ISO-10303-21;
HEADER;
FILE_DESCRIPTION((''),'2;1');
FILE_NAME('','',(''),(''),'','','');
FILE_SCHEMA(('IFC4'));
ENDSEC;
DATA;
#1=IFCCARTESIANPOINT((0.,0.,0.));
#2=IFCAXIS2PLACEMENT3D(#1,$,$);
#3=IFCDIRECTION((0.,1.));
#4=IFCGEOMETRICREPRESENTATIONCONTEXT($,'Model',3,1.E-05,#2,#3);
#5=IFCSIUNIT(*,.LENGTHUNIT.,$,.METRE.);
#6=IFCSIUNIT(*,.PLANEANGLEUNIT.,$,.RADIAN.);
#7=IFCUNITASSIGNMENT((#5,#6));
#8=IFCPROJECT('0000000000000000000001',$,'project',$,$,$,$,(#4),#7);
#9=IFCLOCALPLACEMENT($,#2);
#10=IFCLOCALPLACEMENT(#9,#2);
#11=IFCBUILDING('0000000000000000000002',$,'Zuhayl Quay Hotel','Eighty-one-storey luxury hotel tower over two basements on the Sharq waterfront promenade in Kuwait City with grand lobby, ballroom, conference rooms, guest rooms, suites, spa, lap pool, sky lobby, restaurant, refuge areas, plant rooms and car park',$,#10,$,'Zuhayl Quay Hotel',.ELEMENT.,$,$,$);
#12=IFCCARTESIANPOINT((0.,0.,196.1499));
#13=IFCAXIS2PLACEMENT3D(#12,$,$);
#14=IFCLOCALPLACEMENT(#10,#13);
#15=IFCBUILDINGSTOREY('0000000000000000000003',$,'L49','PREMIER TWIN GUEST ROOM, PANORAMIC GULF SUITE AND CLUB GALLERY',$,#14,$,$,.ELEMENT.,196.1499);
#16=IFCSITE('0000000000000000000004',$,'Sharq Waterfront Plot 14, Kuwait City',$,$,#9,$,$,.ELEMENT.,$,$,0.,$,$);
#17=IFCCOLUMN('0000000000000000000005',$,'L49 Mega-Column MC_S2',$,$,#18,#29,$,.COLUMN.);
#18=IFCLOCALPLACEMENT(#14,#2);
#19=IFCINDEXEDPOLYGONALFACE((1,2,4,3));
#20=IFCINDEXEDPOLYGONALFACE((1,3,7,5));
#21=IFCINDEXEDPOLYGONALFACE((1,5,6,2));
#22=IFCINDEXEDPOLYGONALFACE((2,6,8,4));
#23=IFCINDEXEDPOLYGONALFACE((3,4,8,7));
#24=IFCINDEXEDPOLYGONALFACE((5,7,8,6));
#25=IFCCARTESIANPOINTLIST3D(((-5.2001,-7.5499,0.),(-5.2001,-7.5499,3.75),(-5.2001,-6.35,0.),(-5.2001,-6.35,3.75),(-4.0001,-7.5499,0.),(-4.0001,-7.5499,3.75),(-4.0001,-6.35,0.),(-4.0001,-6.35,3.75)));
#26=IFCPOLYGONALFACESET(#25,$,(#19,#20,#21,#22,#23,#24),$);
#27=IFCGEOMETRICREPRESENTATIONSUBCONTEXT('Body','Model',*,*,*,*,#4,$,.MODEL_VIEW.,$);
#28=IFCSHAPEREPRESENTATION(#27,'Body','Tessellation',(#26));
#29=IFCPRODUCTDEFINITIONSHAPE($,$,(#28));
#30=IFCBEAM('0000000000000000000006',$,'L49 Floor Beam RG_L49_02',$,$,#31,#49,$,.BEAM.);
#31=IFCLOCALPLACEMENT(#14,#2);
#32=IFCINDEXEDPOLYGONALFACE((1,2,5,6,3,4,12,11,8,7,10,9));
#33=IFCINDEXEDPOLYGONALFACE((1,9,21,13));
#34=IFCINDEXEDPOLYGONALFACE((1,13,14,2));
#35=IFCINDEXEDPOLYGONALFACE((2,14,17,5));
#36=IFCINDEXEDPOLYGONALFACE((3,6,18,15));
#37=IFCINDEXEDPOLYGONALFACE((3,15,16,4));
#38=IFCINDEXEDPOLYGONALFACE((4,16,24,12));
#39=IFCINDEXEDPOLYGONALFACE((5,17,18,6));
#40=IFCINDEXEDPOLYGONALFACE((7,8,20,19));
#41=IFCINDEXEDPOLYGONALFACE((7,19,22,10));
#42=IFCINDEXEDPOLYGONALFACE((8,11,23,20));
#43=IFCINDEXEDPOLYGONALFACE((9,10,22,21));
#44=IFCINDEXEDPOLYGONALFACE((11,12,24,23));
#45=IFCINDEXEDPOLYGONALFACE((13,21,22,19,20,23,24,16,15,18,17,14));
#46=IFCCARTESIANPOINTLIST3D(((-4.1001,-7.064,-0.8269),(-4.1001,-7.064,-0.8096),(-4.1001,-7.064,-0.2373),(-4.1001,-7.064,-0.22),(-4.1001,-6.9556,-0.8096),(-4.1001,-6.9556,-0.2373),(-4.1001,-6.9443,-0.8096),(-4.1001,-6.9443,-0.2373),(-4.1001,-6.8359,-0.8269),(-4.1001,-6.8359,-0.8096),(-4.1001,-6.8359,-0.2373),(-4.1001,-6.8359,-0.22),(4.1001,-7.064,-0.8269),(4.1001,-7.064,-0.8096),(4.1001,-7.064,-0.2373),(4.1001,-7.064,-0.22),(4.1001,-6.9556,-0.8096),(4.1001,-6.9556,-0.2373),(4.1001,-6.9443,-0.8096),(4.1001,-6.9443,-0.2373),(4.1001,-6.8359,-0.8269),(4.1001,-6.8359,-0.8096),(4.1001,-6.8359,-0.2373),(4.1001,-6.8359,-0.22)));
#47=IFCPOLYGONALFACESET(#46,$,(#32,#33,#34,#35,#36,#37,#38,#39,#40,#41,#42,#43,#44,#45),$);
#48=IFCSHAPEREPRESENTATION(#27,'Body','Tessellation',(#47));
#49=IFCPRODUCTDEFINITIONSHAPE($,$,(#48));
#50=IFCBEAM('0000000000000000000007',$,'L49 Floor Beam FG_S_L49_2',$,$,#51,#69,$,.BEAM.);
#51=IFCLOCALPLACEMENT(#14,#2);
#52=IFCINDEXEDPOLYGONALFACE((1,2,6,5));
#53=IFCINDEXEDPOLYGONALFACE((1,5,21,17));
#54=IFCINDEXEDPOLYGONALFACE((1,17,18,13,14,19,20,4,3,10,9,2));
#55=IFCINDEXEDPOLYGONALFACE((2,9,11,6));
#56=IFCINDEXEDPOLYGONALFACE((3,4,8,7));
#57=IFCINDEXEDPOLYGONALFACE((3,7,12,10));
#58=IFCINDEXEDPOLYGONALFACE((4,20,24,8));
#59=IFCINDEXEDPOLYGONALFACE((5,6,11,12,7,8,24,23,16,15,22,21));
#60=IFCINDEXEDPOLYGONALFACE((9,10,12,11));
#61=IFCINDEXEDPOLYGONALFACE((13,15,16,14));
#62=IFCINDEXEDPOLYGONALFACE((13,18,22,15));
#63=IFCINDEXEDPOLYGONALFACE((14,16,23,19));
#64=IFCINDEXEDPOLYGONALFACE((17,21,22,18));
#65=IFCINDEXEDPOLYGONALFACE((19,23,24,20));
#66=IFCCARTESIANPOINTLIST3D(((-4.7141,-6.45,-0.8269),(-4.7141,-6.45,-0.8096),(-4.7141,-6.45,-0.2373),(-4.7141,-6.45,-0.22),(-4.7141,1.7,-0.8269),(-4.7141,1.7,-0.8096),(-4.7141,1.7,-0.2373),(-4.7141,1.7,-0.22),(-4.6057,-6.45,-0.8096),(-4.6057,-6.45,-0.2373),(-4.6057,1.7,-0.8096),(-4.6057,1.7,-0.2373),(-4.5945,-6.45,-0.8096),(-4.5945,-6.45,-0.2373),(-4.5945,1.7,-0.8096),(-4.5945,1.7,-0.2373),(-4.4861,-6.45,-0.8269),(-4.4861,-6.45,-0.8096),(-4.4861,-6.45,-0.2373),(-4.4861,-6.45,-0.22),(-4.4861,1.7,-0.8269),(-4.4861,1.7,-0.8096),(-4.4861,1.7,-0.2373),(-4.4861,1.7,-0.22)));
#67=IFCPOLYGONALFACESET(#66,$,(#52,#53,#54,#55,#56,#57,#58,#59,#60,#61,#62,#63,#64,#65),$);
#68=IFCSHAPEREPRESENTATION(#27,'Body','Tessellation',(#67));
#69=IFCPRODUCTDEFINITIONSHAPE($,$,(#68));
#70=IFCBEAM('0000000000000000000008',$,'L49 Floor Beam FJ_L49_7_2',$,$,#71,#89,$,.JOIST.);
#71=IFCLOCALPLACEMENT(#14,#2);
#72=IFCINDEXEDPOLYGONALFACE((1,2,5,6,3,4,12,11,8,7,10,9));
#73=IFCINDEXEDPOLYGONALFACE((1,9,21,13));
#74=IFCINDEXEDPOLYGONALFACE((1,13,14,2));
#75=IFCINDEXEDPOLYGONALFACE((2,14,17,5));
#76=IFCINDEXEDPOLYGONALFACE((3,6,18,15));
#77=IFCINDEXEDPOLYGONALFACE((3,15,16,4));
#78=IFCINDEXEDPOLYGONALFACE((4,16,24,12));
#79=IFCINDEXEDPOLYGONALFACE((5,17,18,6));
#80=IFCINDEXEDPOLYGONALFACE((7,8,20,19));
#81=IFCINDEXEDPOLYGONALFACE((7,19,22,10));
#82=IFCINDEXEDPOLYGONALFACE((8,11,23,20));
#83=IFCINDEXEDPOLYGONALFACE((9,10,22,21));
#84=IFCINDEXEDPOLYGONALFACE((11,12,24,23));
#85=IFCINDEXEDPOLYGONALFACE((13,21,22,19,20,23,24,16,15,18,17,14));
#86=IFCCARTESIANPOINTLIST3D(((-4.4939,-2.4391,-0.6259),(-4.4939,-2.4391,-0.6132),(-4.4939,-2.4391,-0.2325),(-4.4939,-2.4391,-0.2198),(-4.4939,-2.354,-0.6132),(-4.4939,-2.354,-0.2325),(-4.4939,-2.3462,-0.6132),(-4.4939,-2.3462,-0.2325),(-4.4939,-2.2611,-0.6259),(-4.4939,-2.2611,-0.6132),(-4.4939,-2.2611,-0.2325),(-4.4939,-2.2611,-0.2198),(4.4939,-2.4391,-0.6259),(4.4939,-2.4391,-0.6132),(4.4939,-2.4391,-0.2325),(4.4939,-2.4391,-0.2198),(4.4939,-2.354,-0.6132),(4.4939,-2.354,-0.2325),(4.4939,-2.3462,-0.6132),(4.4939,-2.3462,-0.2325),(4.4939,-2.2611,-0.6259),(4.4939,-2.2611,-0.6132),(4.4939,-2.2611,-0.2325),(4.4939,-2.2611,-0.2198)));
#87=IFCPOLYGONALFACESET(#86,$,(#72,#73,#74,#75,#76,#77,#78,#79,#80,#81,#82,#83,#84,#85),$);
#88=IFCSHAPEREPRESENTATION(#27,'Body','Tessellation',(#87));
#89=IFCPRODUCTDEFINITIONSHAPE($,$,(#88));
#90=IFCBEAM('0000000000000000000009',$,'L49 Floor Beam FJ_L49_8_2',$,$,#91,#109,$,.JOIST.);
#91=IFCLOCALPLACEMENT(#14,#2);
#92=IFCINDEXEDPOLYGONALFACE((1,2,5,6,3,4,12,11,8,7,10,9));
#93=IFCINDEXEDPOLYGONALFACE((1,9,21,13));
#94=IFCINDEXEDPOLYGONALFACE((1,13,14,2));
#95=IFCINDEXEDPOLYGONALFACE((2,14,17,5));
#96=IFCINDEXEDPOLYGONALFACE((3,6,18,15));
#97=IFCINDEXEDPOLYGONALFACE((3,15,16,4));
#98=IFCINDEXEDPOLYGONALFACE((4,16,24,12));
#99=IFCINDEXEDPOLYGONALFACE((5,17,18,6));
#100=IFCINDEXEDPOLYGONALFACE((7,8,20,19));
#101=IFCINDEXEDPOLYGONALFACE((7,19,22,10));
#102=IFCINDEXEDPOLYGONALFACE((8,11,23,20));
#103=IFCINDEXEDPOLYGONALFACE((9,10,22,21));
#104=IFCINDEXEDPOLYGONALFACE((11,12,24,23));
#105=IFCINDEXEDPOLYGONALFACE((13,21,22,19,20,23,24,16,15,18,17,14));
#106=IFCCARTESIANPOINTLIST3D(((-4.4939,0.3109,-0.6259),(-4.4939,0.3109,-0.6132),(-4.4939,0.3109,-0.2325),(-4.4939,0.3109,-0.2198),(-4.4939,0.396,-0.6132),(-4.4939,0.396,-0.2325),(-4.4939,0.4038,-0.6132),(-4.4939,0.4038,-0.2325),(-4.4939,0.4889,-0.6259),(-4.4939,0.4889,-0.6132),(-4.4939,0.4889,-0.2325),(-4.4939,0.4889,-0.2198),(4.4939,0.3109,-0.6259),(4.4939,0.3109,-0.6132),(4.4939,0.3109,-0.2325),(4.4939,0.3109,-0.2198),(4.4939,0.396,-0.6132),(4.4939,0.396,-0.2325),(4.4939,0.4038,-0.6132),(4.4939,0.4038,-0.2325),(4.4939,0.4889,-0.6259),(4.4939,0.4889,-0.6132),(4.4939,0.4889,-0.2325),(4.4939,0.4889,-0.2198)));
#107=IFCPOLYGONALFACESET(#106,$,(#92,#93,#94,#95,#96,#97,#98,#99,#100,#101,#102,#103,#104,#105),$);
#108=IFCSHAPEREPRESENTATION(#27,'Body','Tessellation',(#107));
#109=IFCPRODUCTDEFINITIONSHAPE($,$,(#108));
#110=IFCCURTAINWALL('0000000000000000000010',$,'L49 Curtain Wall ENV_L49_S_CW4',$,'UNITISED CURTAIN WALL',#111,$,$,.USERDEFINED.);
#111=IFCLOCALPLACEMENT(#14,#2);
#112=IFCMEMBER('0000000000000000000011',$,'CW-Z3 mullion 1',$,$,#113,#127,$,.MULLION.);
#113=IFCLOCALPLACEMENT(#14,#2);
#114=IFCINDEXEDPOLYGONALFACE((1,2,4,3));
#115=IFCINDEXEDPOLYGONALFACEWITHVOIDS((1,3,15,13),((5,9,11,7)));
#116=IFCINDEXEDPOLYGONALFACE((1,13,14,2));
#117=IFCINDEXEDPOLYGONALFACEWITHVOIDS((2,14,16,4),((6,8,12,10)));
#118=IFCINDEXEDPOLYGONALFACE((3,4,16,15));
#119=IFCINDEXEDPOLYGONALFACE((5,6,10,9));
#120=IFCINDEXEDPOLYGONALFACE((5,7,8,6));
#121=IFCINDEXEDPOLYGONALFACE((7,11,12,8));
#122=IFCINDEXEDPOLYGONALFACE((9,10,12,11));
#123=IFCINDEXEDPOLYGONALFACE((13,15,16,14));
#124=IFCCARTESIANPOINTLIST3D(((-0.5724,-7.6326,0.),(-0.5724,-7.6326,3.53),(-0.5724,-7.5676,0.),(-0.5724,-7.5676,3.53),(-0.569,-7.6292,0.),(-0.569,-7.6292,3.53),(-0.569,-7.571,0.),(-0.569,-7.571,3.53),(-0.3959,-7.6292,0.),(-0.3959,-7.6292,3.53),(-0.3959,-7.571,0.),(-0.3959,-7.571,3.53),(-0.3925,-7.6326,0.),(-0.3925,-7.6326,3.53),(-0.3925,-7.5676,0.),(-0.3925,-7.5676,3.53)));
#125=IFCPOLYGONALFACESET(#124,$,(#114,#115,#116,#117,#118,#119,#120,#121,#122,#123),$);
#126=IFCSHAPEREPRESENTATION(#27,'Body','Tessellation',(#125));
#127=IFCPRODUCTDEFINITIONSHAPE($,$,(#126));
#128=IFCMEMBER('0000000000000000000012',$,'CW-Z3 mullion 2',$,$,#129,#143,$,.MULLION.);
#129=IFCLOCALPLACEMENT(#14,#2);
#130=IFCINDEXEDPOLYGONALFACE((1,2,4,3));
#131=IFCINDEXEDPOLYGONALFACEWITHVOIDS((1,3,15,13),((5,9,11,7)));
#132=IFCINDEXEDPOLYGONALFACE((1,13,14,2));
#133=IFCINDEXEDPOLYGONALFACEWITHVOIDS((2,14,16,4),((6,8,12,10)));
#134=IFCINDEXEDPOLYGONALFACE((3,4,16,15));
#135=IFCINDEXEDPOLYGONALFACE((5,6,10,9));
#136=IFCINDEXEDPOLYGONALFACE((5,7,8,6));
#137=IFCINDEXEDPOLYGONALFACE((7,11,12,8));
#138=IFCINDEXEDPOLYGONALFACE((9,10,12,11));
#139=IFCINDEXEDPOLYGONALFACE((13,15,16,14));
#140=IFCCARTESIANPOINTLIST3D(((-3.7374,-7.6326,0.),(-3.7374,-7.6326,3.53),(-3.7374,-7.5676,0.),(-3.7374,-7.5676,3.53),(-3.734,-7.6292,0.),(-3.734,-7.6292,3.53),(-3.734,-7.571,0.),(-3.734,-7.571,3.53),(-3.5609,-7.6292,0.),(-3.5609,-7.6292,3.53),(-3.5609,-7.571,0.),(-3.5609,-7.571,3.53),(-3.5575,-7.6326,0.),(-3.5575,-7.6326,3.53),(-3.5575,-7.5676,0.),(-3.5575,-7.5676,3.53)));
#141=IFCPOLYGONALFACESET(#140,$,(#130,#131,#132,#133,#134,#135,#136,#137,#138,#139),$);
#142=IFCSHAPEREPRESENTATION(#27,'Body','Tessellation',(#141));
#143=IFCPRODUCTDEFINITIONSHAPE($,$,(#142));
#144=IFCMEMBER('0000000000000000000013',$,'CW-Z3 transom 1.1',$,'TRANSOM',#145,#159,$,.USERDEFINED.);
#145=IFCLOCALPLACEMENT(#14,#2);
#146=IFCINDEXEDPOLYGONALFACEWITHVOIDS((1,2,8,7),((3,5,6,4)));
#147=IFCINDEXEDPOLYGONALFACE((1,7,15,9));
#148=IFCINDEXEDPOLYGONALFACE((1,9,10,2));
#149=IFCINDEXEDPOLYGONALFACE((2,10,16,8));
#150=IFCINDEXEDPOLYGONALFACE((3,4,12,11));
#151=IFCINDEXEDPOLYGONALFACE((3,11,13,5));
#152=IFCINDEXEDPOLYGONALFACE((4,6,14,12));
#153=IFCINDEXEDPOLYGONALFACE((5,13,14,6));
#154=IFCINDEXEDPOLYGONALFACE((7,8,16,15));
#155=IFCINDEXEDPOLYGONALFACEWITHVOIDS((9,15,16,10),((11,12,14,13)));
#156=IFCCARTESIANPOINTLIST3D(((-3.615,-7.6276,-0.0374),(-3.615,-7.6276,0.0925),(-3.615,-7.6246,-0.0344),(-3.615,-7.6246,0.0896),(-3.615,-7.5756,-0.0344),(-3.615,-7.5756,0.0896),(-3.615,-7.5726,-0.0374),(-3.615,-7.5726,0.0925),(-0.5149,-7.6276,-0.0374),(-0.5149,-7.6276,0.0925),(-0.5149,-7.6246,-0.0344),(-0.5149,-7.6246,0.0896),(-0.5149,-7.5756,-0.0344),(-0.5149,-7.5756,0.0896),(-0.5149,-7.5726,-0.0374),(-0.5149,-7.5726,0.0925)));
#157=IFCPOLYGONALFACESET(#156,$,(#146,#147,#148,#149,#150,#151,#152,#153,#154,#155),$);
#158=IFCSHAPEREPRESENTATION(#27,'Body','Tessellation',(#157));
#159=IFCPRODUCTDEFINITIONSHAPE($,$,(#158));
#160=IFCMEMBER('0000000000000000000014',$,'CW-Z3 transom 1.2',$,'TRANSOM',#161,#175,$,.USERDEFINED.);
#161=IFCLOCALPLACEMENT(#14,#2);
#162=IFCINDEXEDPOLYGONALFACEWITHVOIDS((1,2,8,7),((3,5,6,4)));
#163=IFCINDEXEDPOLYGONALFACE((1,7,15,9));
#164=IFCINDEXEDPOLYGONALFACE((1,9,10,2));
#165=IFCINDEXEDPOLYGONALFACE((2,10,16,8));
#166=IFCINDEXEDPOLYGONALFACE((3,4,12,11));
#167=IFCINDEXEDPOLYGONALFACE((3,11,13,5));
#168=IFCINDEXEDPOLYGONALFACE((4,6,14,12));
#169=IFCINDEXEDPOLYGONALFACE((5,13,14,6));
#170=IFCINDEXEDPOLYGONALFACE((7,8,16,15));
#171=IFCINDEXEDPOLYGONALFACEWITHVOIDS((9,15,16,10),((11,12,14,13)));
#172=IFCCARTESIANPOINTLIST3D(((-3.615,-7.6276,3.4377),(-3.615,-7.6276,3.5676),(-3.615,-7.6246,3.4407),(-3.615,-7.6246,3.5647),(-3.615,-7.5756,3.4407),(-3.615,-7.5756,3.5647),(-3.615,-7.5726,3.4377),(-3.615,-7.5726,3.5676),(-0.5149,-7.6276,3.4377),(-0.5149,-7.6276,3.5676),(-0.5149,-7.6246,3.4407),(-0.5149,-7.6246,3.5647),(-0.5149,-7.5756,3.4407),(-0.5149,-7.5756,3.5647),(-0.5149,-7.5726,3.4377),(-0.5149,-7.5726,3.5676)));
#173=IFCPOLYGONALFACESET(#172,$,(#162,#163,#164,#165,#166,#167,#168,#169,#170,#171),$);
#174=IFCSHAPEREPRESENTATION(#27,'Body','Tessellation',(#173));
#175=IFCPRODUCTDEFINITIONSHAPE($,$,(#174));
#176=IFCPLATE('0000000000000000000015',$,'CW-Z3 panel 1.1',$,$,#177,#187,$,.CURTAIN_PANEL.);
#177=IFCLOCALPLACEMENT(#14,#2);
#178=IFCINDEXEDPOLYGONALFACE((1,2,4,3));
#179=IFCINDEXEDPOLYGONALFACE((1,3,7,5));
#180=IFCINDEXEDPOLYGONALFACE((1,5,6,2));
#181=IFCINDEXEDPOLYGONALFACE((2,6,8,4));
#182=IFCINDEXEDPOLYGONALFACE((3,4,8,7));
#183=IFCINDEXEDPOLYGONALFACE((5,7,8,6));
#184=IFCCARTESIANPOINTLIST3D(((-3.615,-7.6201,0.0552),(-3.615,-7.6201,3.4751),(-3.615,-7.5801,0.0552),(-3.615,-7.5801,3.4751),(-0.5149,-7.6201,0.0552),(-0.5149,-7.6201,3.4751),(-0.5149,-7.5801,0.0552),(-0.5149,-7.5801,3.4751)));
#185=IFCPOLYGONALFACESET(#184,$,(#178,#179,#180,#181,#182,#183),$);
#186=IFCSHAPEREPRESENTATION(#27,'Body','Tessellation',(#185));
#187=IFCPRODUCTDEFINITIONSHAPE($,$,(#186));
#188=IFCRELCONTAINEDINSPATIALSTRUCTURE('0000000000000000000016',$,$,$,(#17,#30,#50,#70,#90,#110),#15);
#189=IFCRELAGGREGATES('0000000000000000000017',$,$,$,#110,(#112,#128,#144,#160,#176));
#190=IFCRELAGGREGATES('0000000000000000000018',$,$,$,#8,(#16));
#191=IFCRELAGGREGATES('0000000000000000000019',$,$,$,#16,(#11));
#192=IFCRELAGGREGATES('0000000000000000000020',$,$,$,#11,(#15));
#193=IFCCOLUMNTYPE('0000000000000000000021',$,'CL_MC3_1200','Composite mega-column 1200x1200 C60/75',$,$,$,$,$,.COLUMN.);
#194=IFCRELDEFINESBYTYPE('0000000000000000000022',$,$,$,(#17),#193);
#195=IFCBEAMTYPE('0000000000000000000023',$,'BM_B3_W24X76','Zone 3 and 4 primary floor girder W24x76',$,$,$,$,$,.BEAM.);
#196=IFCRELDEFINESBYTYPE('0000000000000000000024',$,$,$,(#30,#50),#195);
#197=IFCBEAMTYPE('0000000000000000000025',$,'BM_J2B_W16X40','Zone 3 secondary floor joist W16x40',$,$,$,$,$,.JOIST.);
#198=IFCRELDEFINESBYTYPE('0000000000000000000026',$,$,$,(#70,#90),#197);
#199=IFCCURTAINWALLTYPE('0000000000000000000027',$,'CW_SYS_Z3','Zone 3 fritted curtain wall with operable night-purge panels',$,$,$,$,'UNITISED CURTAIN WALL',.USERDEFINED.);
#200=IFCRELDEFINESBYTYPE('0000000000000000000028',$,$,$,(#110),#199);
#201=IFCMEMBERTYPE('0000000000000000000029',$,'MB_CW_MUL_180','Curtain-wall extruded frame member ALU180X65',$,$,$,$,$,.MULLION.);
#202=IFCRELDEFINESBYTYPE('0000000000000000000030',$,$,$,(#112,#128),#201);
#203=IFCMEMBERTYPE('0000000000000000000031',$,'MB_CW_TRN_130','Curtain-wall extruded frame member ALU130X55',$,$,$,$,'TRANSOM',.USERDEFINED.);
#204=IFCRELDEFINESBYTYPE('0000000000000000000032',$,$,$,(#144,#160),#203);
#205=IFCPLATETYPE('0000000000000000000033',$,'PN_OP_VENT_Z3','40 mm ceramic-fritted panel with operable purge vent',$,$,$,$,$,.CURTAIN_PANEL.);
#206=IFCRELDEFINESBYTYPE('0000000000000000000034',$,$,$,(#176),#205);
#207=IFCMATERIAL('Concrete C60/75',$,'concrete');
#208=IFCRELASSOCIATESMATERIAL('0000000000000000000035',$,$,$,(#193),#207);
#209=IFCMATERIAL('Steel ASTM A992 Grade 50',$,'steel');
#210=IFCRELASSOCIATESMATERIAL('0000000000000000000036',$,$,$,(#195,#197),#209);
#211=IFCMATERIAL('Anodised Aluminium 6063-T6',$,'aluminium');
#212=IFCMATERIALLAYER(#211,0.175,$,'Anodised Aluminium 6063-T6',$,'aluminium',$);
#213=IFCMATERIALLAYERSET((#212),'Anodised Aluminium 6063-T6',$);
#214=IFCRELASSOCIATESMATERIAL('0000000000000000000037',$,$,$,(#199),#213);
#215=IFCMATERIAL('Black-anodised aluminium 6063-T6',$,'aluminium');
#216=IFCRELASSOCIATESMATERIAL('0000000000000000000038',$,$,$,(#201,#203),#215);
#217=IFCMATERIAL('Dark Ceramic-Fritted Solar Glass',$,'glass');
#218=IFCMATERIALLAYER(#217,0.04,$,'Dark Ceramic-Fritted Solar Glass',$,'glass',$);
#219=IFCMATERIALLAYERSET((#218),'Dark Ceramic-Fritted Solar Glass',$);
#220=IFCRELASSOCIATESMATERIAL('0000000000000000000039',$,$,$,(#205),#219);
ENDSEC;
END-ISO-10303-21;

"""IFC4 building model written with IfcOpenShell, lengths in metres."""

from ifc_helpers import new_model, si_unit, direction, frame, origin, origin_2d, place, context, subcontext, project, spatial, rectangle, hollow_rectangle, i_section, extrude, material, layer, layer_set, material_profile, profile_set, type_object, element, aggregate, save


model = new_model("IFC4")

# Units and contexts
model_context = context("Model", 3, precision=1e-05, world=origin(), true_north=direction((0.0, 1.0)))
body_context = subcontext(model_context, "Body", "Model", "MODEL_VIEW")
ifc_project = project(units=[si_unit("LENGTHUNIT", "METRE"), si_unit("PLANEANGLEUNIT", "RADIAN")], contexts=[model_context])

# Site, building, storey
site_placement = place(None, origin())
site = spatial("IfcSite", under=ifc_project, at=site_placement, Name="Sharq Waterfront Plot 14, Kuwait City", CompositionType="ELEMENT", RefElevation=0.0)
building_placement = place(site_placement, origin())
building = spatial("IfcBuilding", under=site, at=building_placement, Name="Zuhayl Quay Hotel", Description="Eighty-one-storey luxury hotel tower over two basements on the Sharq waterfront promenade in Kuwait City with grand lobby, ballroom, conference rooms, guest rooms, suites, spa, lap pool, sky lobby, restaurant, refuge areas, plant rooms and car park", LongName="Zuhayl Quay Hotel", CompositionType="ELEMENT")
storey_placement = place(building_placement, frame((0.0, 0.0, 196.1499)))
storey = spatial("IfcBuildingStorey", under=building, at=storey_placement, Name="L49", Description="PREMIER TWIN GUEST ROOM, PANORAMIC GULF SUITE AND CLUB GALLERY", CompositionType="ELEMENT", Elevation=196.1499)

# Column
ifc_material_1 = material(Name="Concrete C60/75", Category="concrete")
ifc_material_profile_1 = material_profile(ifc_material_1, rectangle(XDim=1.2, YDim=1.2, at=origin_2d()), Name="RC1200X1200")
ifc_profile_set_1 = profile_set([ifc_material_profile_1], Name="Concrete C60/75")
column_type = type_object("IfcColumnType", Name="CL_MC3_1200", Description="Composite mega-column 1200x1200 C60/75", PredefinedType="COLUMN", material=ifc_profile_set_1)
column_placement = place(storey_placement, frame((-4.6001, -6.95, 0.0), z_axis=(0.0, 0.0, 1.0), x_axis=(1.0, 0.0, 0.0)))
element("IfcColumn", 1, at=column_placement, inside=storey, type_object=column_type, Name="L49 Mega-Column MC_S2", PredefinedType="COLUMN", context=body_context, shape_type="SweptSolid", body=[
    extrude(rectangle(XDim=1.2, YDim=1.2, at=origin_2d()), origin(), (0.0, 0.0, 1.0), 3.75),
])

# Beams
ifc_material_2 = material(Name="Steel ASTM A992 Grade 50", Category="steel")
ifc_material_profile_2 = material_profile(ifc_material_2, i_section(OverallWidth=0.228, OverallDepth=0.6069, WebThickness=0.0112, FlangeThickness=0.0173, at=origin_2d()), Name="W24X76")
ifc_profile_set_2 = profile_set([ifc_material_profile_2], Name="Steel ASTM A992 Grade 50")
beam_type_1 = type_object("IfcBeamType", Name="BM_B3_W24X76", Description="Zone 3 and 4 primary floor girder W24x76", PredefinedType="BEAM", material=ifc_profile_set_2)
beam_1_placement = place(storey_placement, frame((-4.1001, -6.95, -0.5234), z_axis=(1.0, 0.0, 0.0), x_axis=(0.0, 1.0, 0.0)))
element("IfcBeam", 2, at=beam_1_placement, inside=storey, type_object=beam_type_1, Name="L49 Floor Beam RG_L49_02", PredefinedType="BEAM", context=body_context, shape_type="SweptSolid", body=[
    extrude(i_section(OverallWidth=0.228, OverallDepth=0.6069, WebThickness=0.0112, FlangeThickness=0.0173, at=origin_2d()), origin(), (0.0, 0.0, 1.0), 8.2002),
])
beam_2_placement = place(storey_placement, frame((-4.6001, -6.45, -0.5234), z_axis=(0.0, 1.0, 0.0), x_axis=(-1.0, 0.0, 0.0)))
element("IfcBeam", 3, at=beam_2_placement, inside=storey, type_object=beam_type_1, Name="L49 Floor Beam FG_S_L49_2", PredefinedType="BEAM", context=body_context, shape_type="SweptSolid", body=[
    extrude(i_section(OverallWidth=0.228, OverallDepth=0.6069, WebThickness=0.0112, FlangeThickness=0.0173, at=origin_2d()), origin(), (0.0, 0.0, 1.0), 8.1499),
])
ifc_material_profile_3 = material_profile(ifc_material_2, i_section(OverallWidth=0.178, OverallDepth=0.406, WebThickness=0.0078, FlangeThickness=0.0127, at=origin_2d()), Name="W16X40")
ifc_profile_set_3 = profile_set([ifc_material_profile_3], Name="Steel ASTM A992 Grade 50")
beam_type_2 = type_object("IfcBeamType", Name="BM_J2B_W16X40", Description="Zone 3 secondary floor joist W16x40", PredefinedType="JOIST", material=ifc_profile_set_3)
for number, where, z_axis, x_axis, name in (
    (4, (-4.4939, -2.3501, -0.4229), (1.0, 0.0, 0.0), (0.0, 1.0, 0.0), "L49 Floor Beam FJ_L49_7_2"),
    (5, (-4.4939, 0.3999, -0.4229), (1.0, 0.0, 0.0), (0.0, 1.0, 0.0), "L49 Floor Beam FJ_L49_8_2"),
):
    element("IfcBeam", number, at=place(storey_placement, frame(where, z_axis=z_axis, x_axis=x_axis)), inside=storey, type_object=beam_type_2, Name=name, PredefinedType="JOIST", context=body_context, shape_type="SweptSolid", body=[
        extrude(i_section(OverallWidth=0.178, OverallDepth=0.406, WebThickness=0.0078, FlangeThickness=0.0127, at=origin_2d()), origin(), (0.0, 0.0, 1.0), 8.9878),
    ])

# Curtain wall, members, plate
ifc_material_3 = material(Name="Anodised Aluminium 6063-T6", Category="aluminium")
ifc_layer_1 = layer(ifc_material_3, 0.175, Name="Anodised Aluminium 6063-T6", Category="aluminium")
ifc_layer_set_1 = layer_set([ifc_layer_1], Name="Anodised Aluminium 6063-T6")
curtain_wall_type = type_object("IfcCurtainWallType", Name="CW_SYS_Z3", Description="Zone 3 fritted curtain wall with operable night-purge panels", ElementType="UNITISED CURTAIN WALL", PredefinedType="USERDEFINED", material=ifc_layer_set_1)
curtain_wall_placement = place(storey_placement, origin())
curtain_wall = element("IfcCurtainWall", 6, at=curtain_wall_placement, inside=storey, type_object=curtain_wall_type, Name="L49 Curtain Wall ENV_L49_S_CW4", ObjectType="UNITISED CURTAIN WALL", PredefinedType="USERDEFINED")
ifc_material_4 = material(Name="Black-anodised aluminium 6063-T6", Category="aluminium")
ifc_material_profile_4 = material_profile(ifc_material_4, hollow_rectangle(XDim=0.0649, YDim=0.1799, WallThickness=0.0034, at=origin_2d()), Name="ALU180X65")
ifc_profile_set_4 = profile_set([ifc_material_profile_4], Name="Black-anodised aluminium 6063-T6")
member_type_1 = type_object("IfcMemberType", Name="MB_CW_MUL_180", Description="Curtain-wall extruded frame member ALU180X65", PredefinedType="MULLION", material=ifc_profile_set_4)
member_1_placement = place(storey_placement, frame((-0.4824, -7.6001, 0.0), z_axis=(0.0, 0.0, 1.0), x_axis=(0.0, -1.0, 0.0)))
member_1 = element("IfcMember", 7, at=member_1_placement, type_object=member_type_1, Name="CW-Z3 mullion 1", PredefinedType="MULLION", context=body_context, shape_type="SweptSolid", body=[
    extrude(hollow_rectangle(XDim=0.0649, YDim=0.1799, WallThickness=0.0034, at=origin_2d()), origin(), (0.0, 0.0, 1.0), 3.53),
])
member_2_placement = place(storey_placement, frame((-3.6475, -7.6001, 0.0), z_axis=(0.0, 0.0, 1.0), x_axis=(0.0, -1.0, 0.0)))
member_2 = element("IfcMember", 8, at=member_2_placement, type_object=member_type_1, Name="CW-Z3 mullion 2", PredefinedType="MULLION", context=body_context, shape_type="SweptSolid", body=[
    extrude(hollow_rectangle(XDim=0.0649, YDim=0.1799, WallThickness=0.0034, at=origin_2d()), origin(), (0.0, 0.0, 1.0), 3.53),
])
ifc_material_profile_5 = material_profile(ifc_material_4, hollow_rectangle(XDim=0.0549, YDim=0.1299, WallThickness=0.0029, at=origin_2d()), Name="ALU130X55")
ifc_profile_set_5 = profile_set([ifc_material_profile_5], Name="Black-anodised aluminium 6063-T6")
member_type_2 = type_object("IfcMemberType", Name="MB_CW_TRN_130", Description="Curtain-wall extruded frame member ALU130X55", ElementType="TRANSOM", PredefinedType="USERDEFINED", material=ifc_profile_set_5)
member_3_placement = place(storey_placement, frame((-0.5149, -7.6001, 0.0276), z_axis=(-1.0, 0.0, 0.0), x_axis=(0.0, -1.0, 0.0)))
member_3 = element("IfcMember", 9, at=member_3_placement, type_object=member_type_2, Name="CW-Z3 transom 1.1", ObjectType="TRANSOM", PredefinedType="USERDEFINED", context=body_context, shape_type="SweptSolid", body=[
    extrude(hollow_rectangle(XDim=0.0549, YDim=0.1299, WallThickness=0.0029, at=origin_2d()), origin(), (0.0, 0.0, 1.0), 3.1001),
])
member_4_placement = place(storey_placement, frame((-0.5149, -7.6001, 3.5027), z_axis=(-1.0, 0.0, 0.0), x_axis=(0.0, -1.0, 0.0)))
member_4 = element("IfcMember", 10, at=member_4_placement, type_object=member_type_2, Name="CW-Z3 transom 1.2", ObjectType="TRANSOM", PredefinedType="USERDEFINED", context=body_context, shape_type="SweptSolid", body=[
    extrude(hollow_rectangle(XDim=0.0549, YDim=0.1299, WallThickness=0.0029, at=origin_2d()), origin(), (0.0, 0.0, 1.0), 3.1001),
])
ifc_material_5 = material(Name="Dark Ceramic-Fritted Solar Glass", Category="glass")
ifc_layer_2 = layer(ifc_material_5, 0.04, Name="Dark Ceramic-Fritted Solar Glass", Category="glass")
ifc_layer_set_2 = layer_set([ifc_layer_2], Name="Dark Ceramic-Fritted Solar Glass")
plate_type = type_object("IfcPlateType", Name="PN_OP_VENT_Z3", Description="40 mm ceramic-fritted panel with operable purge vent", PredefinedType="CURTAIN_PANEL", material=ifc_layer_set_2)
plate_placement = place(storey_placement, frame((-2.0649, -7.6001, 0.0552), z_axis=(0.0, 0.0, 1.0), x_axis=(-1.0, 0.0, 0.0)))
plate = element("IfcPlate", 11, at=plate_placement, type_object=plate_type, Name="CW-Z3 panel 1.1", PredefinedType="CURTAIN_PANEL", context=body_context, shape_type="SweptSolid", body=[
    extrude(rectangle(XDim=3.1001, YDim=0.04, at=origin_2d()), origin(), (0.0, 0.0, 1.0), 3.4199),
])
aggregate(curtain_wall, [member_1, member_2, member_3, member_4, plate])

save(model, "model.ifc")
